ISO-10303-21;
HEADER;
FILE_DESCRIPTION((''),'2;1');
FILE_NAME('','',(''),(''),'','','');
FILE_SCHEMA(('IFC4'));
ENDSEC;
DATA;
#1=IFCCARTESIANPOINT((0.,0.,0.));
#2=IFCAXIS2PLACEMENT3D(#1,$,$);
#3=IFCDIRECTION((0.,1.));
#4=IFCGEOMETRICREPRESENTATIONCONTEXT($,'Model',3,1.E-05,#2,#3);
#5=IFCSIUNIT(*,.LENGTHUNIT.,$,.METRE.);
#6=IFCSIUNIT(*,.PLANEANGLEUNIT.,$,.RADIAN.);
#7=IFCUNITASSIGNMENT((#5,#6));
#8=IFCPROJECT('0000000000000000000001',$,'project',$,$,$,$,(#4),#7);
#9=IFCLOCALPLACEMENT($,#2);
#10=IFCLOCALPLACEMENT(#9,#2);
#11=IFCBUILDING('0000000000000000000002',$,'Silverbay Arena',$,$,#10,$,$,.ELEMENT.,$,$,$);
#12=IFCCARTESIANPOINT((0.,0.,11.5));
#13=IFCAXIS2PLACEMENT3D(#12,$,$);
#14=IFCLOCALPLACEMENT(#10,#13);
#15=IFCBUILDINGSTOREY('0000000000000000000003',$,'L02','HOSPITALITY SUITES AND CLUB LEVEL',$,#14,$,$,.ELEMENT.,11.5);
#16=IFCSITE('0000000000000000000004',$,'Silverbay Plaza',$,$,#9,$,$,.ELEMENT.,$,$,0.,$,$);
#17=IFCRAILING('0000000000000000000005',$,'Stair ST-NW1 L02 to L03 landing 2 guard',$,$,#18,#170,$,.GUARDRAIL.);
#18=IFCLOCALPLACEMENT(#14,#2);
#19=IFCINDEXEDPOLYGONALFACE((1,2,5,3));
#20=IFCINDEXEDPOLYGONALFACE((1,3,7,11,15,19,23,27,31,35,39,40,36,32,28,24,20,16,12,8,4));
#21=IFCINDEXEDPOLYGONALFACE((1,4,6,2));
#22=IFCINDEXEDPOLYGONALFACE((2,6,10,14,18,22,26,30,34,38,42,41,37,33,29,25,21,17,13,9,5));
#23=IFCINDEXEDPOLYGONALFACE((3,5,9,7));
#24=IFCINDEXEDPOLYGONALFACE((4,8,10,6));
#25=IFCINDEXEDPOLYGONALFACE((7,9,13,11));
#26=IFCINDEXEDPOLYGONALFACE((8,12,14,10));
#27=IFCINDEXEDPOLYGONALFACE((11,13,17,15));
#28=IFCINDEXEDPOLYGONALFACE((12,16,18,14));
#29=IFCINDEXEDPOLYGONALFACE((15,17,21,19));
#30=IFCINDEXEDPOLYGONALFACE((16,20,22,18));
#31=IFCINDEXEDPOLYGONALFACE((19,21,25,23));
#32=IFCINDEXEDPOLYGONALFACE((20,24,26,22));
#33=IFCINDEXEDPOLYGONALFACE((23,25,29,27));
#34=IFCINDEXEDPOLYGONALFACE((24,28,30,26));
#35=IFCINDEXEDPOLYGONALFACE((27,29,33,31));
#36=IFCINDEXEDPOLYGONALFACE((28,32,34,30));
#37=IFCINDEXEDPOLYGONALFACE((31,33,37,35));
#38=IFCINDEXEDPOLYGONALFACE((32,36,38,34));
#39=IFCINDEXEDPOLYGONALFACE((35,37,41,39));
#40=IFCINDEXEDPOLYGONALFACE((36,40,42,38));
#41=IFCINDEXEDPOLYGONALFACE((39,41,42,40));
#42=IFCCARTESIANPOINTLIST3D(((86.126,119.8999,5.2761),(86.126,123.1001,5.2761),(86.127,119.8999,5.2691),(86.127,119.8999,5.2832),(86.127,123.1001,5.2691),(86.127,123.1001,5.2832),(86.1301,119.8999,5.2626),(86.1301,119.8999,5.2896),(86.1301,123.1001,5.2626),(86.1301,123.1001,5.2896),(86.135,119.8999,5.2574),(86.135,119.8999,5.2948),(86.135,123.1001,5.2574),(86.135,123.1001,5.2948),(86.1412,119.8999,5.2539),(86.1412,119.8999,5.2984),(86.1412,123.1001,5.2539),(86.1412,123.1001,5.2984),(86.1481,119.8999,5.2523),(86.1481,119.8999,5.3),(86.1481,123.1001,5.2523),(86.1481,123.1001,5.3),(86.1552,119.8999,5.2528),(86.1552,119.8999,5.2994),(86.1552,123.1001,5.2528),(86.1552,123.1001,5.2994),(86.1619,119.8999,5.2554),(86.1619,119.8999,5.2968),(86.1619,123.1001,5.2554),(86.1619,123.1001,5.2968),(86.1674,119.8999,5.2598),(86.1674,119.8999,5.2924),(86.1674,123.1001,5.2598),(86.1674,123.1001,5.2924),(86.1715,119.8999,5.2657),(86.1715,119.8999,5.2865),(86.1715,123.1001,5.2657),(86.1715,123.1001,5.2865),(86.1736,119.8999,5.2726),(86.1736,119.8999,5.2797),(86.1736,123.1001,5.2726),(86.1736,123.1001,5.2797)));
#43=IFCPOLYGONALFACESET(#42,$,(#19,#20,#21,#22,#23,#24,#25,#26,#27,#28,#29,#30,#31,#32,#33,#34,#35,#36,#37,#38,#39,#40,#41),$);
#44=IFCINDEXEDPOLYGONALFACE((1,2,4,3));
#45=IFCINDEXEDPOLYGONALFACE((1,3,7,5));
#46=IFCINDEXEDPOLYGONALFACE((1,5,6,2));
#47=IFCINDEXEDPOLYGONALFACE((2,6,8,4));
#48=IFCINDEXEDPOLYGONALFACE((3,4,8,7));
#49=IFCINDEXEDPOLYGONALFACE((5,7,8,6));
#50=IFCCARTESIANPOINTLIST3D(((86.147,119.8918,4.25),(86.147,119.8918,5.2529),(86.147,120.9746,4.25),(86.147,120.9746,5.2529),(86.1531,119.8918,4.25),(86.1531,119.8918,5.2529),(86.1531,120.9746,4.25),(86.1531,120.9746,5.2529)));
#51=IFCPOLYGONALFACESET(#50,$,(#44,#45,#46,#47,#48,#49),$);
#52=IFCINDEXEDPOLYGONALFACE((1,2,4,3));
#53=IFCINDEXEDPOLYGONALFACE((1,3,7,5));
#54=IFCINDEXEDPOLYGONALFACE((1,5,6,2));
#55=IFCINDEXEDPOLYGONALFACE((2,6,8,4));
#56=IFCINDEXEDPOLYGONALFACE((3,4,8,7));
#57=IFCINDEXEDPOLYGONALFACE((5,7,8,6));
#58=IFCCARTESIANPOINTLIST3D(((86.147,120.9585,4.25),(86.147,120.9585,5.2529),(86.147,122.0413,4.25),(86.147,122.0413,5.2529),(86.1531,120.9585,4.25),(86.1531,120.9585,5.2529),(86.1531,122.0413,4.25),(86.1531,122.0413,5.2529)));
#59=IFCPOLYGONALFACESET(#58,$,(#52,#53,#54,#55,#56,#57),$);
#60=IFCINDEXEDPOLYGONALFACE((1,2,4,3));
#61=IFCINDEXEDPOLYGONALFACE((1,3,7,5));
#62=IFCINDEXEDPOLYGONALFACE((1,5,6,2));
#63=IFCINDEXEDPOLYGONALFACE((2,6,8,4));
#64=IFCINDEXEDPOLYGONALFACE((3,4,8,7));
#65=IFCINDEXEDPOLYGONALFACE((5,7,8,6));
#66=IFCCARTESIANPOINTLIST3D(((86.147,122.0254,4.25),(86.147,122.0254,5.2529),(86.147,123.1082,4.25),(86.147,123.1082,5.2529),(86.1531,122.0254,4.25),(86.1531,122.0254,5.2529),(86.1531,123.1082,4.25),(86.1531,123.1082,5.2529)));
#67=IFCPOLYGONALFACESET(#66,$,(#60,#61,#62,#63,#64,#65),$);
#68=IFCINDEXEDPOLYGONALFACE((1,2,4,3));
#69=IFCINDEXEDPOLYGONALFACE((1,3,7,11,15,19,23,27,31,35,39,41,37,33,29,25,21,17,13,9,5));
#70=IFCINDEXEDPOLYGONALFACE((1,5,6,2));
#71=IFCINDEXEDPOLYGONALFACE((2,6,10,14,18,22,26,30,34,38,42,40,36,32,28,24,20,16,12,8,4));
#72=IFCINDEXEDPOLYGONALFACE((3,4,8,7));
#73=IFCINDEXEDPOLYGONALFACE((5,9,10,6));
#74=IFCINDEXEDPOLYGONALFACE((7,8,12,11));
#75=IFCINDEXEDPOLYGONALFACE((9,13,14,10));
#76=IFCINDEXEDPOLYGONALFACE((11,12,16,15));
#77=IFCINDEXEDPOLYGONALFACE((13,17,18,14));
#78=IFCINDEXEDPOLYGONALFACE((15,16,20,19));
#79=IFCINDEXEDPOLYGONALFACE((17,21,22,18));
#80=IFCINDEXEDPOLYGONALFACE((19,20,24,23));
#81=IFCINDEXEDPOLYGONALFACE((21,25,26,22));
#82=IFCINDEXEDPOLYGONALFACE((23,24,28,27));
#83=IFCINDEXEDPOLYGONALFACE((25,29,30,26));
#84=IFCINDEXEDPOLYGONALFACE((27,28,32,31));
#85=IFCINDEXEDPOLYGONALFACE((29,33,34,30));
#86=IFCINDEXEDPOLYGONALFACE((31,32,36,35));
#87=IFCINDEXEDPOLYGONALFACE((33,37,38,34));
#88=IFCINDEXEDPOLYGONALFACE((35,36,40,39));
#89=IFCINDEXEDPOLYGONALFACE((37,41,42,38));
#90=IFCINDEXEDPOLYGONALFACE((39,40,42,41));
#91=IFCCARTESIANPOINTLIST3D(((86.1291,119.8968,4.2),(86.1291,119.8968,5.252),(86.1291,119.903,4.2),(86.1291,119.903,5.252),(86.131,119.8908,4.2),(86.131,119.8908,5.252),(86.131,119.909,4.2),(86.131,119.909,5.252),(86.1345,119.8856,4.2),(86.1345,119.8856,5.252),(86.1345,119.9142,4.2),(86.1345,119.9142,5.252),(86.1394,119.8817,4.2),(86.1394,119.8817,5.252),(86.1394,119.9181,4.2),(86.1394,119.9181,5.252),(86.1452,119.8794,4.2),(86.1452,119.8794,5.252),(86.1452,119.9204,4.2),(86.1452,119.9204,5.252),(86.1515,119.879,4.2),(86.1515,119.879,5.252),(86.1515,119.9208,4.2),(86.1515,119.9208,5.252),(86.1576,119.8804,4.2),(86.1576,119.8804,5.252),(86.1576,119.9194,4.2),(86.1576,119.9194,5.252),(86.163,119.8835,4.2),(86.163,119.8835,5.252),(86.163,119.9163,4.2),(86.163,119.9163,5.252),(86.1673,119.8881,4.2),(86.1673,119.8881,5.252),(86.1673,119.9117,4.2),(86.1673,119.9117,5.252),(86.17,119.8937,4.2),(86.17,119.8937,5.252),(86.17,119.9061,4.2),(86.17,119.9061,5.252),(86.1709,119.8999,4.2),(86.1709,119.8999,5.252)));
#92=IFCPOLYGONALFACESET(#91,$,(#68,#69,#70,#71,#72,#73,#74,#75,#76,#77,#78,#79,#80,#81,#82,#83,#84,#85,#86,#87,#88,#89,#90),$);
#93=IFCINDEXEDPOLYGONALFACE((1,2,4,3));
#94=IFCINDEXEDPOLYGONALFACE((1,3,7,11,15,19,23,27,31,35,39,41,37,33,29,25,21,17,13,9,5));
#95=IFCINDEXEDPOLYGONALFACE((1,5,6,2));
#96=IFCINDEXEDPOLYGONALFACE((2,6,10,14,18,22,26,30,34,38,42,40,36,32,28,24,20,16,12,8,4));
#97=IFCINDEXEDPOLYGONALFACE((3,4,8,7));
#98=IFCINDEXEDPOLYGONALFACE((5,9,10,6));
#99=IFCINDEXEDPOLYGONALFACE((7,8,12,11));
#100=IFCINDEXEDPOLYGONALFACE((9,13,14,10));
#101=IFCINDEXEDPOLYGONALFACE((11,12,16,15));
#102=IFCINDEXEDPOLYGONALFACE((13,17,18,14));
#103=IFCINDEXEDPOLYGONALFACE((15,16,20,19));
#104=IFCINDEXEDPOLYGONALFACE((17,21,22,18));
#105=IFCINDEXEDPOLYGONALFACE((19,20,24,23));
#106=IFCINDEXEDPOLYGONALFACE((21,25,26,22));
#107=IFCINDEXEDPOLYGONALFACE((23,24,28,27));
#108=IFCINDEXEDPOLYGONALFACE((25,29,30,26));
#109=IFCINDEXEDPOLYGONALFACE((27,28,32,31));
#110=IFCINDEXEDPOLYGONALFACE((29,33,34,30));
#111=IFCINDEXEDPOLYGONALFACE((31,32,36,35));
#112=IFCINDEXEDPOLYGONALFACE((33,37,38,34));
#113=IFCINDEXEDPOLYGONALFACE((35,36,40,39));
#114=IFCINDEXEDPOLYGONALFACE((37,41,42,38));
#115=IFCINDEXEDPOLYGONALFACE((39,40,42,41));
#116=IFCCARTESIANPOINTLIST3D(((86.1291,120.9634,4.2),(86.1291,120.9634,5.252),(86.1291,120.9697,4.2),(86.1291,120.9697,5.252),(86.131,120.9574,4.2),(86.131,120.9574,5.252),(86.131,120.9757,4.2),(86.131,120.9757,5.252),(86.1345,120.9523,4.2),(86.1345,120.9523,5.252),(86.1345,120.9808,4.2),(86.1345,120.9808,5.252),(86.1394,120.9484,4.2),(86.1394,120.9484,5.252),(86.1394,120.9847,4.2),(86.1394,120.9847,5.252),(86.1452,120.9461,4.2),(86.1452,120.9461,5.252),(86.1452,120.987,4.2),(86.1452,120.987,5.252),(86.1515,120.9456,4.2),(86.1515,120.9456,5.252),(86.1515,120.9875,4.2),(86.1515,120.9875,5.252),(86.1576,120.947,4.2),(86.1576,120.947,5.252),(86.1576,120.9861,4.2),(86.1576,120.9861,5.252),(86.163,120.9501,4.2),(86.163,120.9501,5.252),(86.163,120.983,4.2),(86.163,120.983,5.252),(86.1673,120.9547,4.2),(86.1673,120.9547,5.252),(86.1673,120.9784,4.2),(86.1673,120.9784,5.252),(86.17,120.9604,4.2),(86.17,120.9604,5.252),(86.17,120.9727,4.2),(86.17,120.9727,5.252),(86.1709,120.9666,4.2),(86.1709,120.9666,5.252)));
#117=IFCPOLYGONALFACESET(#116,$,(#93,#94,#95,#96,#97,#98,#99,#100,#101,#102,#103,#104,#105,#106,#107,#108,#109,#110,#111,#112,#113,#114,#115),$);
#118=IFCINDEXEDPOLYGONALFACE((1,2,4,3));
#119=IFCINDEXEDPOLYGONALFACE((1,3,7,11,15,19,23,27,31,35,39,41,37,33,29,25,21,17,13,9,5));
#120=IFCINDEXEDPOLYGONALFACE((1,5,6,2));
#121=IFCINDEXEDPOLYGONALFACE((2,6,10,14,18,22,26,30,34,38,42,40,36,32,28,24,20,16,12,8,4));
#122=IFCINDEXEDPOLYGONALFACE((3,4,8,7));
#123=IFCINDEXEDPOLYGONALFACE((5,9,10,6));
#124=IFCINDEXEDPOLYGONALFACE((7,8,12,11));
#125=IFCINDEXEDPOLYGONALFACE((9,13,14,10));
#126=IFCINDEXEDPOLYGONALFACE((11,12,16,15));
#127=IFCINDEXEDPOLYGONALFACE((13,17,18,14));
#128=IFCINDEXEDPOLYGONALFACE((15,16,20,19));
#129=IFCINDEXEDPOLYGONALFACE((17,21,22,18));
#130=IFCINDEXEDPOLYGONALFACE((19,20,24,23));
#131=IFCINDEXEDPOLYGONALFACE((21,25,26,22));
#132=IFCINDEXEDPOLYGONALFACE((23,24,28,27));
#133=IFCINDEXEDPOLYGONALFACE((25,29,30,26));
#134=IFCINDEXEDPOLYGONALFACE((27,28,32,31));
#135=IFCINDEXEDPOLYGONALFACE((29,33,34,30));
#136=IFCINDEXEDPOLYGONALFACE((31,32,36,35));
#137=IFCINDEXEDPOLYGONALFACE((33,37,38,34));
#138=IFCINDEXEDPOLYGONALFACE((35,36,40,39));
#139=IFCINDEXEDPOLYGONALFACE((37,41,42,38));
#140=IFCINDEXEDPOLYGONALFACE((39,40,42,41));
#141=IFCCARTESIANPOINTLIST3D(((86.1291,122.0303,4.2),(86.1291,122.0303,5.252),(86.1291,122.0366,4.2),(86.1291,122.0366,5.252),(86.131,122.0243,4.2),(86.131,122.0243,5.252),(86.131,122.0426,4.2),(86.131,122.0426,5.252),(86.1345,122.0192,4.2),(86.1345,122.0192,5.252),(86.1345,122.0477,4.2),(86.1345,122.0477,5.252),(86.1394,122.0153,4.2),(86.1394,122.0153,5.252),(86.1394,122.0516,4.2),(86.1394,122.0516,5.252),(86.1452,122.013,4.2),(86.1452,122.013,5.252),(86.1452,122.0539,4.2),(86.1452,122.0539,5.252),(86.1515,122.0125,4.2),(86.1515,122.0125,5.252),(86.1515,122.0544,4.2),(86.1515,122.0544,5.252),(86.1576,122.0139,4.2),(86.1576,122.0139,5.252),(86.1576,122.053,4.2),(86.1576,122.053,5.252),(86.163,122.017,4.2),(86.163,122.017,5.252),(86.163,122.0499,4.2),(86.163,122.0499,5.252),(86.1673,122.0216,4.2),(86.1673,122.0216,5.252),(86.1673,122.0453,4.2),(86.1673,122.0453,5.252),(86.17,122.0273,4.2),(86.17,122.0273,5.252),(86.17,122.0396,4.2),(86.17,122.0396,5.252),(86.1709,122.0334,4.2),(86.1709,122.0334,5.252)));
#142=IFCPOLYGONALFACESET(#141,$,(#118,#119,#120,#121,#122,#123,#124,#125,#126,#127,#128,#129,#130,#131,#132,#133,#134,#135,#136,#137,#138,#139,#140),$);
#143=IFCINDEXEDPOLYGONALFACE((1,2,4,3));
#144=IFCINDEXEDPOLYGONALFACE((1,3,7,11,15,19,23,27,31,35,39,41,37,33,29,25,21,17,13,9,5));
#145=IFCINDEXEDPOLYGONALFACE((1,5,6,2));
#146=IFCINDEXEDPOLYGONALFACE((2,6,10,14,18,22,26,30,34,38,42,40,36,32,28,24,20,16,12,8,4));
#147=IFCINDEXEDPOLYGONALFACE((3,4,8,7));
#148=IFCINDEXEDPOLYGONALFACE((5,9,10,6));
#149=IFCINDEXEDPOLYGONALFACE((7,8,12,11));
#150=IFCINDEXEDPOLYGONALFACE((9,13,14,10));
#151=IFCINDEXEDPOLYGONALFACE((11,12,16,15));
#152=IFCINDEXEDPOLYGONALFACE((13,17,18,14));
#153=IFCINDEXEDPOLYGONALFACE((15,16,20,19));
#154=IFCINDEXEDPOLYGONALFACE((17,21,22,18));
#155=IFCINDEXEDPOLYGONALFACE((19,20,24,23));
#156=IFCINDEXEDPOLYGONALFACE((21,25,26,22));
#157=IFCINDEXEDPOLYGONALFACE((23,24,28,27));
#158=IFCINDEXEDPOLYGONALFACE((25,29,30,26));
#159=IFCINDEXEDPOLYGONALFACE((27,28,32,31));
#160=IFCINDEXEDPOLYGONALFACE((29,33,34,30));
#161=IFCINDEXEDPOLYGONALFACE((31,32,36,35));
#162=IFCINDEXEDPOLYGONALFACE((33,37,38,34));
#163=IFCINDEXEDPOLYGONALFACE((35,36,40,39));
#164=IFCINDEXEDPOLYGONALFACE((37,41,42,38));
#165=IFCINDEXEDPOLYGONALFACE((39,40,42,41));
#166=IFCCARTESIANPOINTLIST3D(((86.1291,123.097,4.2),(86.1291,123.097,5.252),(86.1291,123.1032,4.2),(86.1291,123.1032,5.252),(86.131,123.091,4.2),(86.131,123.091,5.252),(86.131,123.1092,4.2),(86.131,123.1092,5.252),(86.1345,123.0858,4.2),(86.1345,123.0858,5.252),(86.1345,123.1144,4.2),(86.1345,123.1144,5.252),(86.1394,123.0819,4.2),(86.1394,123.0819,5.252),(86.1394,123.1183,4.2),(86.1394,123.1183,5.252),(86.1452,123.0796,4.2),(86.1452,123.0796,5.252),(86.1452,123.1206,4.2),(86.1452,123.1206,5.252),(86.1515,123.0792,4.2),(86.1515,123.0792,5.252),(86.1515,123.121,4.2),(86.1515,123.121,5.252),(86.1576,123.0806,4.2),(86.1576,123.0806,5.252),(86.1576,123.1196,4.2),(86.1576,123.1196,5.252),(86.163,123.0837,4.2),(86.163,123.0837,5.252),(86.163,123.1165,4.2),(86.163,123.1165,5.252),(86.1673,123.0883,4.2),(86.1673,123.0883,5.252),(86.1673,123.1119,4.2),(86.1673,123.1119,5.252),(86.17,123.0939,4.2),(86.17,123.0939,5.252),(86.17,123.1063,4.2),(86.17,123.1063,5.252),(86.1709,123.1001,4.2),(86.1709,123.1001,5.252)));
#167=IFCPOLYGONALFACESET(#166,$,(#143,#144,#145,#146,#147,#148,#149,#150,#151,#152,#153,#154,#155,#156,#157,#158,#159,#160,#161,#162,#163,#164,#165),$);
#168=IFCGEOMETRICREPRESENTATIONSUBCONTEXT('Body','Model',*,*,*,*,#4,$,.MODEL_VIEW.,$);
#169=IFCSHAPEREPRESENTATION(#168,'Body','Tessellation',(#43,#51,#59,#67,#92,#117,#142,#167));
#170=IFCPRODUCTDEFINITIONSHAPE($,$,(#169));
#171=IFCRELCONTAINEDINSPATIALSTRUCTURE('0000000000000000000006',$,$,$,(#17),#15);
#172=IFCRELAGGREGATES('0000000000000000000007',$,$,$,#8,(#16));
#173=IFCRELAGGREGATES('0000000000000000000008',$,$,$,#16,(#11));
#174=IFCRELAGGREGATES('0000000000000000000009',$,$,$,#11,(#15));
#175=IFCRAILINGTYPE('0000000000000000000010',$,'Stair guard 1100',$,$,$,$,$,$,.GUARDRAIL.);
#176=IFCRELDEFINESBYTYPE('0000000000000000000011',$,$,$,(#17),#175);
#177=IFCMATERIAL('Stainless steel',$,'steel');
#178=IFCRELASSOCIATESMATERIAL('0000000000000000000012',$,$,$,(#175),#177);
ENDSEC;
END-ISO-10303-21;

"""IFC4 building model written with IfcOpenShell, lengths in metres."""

from ifc_helpers import new_model, si_unit, direction, frame, origin, origin_2d, place, context, subcontext, project, spatial, polyline, circle, outline, extrude, material, type_object, element, save


model = new_model("IFC4")

# Units and contexts
model_context = context("Model", 3, precision=1e-05, world=origin(), true_north=direction((0.0, 1.0)))
body_context = subcontext(model_context, "Body", "Model", "MODEL_VIEW")
ifc_project = project(units=[si_unit("LENGTHUNIT", "METRE"), si_unit("PLANEANGLEUNIT", "RADIAN")], contexts=[model_context])

# Site, building, storey
site_placement = place(None, origin())
site = spatial("IfcSite", under=ifc_project, at=site_placement, Name="Silverbay Plaza", CompositionType="ELEMENT", RefElevation=0.0)
building_placement = place(site_placement, origin())
building = spatial("IfcBuilding", under=site, at=building_placement, Name="Silverbay Arena", CompositionType="ELEMENT")
storey_placement = place(building_placement, frame((0.0, 0.0, 11.5)))
storey = spatial("IfcBuildingStorey", under=building, at=storey_placement, Name="L02", Description="HOSPITALITY SUITES AND CLUB LEVEL", CompositionType="ELEMENT", Elevation=11.5)

# Railing
ifc_material_1 = material(Name="Stainless steel", Category="steel")
railing_type_1 = type_object("IfcRailingType", Name="Stair guard 1100", PredefinedType="GUARDRAIL", material=ifc_material_1)
for number, where, name in (
    (1, (86.1499, 119.8999, 4.2), "Stair ST-NW1 L02 to L03 landing 2 guard"),
):
    element("IfcRailing", number, at=place(storey_placement, frame(where)), inside=storey, type_object=railing_type_1, Name=name, PredefinedType="GUARDRAIL", context=body_context, shape_type="SweptSolid", body=[
        extrude(circle(Radius=0.0239, at=origin_2d()), frame((0.0, 0.0, 1.0762), z_axis=(0.0, 1.0, 0.0), x_axis=(-1.0, 0.0, 0.0)), (0.0, 0.0, 1.0), 3.2002),
        extrude(outline(polyline([(-0.0081, 0.05), (1.0747, 0.05), (1.0747, 1.053), (-0.0081, 1.053), (-0.0081, 0.05)])), frame((-0.0029, 0.0, 0.0), z_axis=(1.0, 0.0, 0.0), x_axis=(0.0, 1.0, 0.0)), (0.0, 0.0, 1.0), 0.0061),
        extrude(outline(polyline([(-0.0081, 0.05), (1.0747, 0.05), (1.0747, 1.053), (-0.0081, 1.053), (-0.0081, 0.05)])), frame((-0.0029, 1.0667, 0.0), z_axis=(1.0, 0.0, 0.0), x_axis=(0.0, 1.0, 0.0)), (0.0, 0.0, 1.0), 0.0061),
        extrude(outline(polyline([(-0.0081, 0.05), (1.0747, 0.05), (1.0747, 1.053), (-0.0081, 1.053), (-0.0081, 0.05)])), frame((-0.0029, 2.1335, 0.0), z_axis=(1.0, 0.0, 0.0), x_axis=(0.0, 1.0, 0.0)), (0.0, 0.0, 1.0), 0.0061),
        extrude(circle(Radius=0.021, at=origin_2d()), origin(), (0.0, 0.0, 1.0), 1.052),
        extrude(circle(Radius=0.021, at=origin_2d()), frame((0.0, 1.0667, 0.0)), (0.0, 0.0, 1.0), 1.052),
        extrude(circle(Radius=0.021, at=origin_2d()), frame((0.0, 2.1335, 0.0)), (0.0, 0.0, 1.0), 1.052),
        extrude(circle(Radius=0.021, at=origin_2d()), frame((0.0, 3.2002, 0.0)), (0.0, 0.0, 1.0), 1.052),
    ])

save(model, "model.ifc")
